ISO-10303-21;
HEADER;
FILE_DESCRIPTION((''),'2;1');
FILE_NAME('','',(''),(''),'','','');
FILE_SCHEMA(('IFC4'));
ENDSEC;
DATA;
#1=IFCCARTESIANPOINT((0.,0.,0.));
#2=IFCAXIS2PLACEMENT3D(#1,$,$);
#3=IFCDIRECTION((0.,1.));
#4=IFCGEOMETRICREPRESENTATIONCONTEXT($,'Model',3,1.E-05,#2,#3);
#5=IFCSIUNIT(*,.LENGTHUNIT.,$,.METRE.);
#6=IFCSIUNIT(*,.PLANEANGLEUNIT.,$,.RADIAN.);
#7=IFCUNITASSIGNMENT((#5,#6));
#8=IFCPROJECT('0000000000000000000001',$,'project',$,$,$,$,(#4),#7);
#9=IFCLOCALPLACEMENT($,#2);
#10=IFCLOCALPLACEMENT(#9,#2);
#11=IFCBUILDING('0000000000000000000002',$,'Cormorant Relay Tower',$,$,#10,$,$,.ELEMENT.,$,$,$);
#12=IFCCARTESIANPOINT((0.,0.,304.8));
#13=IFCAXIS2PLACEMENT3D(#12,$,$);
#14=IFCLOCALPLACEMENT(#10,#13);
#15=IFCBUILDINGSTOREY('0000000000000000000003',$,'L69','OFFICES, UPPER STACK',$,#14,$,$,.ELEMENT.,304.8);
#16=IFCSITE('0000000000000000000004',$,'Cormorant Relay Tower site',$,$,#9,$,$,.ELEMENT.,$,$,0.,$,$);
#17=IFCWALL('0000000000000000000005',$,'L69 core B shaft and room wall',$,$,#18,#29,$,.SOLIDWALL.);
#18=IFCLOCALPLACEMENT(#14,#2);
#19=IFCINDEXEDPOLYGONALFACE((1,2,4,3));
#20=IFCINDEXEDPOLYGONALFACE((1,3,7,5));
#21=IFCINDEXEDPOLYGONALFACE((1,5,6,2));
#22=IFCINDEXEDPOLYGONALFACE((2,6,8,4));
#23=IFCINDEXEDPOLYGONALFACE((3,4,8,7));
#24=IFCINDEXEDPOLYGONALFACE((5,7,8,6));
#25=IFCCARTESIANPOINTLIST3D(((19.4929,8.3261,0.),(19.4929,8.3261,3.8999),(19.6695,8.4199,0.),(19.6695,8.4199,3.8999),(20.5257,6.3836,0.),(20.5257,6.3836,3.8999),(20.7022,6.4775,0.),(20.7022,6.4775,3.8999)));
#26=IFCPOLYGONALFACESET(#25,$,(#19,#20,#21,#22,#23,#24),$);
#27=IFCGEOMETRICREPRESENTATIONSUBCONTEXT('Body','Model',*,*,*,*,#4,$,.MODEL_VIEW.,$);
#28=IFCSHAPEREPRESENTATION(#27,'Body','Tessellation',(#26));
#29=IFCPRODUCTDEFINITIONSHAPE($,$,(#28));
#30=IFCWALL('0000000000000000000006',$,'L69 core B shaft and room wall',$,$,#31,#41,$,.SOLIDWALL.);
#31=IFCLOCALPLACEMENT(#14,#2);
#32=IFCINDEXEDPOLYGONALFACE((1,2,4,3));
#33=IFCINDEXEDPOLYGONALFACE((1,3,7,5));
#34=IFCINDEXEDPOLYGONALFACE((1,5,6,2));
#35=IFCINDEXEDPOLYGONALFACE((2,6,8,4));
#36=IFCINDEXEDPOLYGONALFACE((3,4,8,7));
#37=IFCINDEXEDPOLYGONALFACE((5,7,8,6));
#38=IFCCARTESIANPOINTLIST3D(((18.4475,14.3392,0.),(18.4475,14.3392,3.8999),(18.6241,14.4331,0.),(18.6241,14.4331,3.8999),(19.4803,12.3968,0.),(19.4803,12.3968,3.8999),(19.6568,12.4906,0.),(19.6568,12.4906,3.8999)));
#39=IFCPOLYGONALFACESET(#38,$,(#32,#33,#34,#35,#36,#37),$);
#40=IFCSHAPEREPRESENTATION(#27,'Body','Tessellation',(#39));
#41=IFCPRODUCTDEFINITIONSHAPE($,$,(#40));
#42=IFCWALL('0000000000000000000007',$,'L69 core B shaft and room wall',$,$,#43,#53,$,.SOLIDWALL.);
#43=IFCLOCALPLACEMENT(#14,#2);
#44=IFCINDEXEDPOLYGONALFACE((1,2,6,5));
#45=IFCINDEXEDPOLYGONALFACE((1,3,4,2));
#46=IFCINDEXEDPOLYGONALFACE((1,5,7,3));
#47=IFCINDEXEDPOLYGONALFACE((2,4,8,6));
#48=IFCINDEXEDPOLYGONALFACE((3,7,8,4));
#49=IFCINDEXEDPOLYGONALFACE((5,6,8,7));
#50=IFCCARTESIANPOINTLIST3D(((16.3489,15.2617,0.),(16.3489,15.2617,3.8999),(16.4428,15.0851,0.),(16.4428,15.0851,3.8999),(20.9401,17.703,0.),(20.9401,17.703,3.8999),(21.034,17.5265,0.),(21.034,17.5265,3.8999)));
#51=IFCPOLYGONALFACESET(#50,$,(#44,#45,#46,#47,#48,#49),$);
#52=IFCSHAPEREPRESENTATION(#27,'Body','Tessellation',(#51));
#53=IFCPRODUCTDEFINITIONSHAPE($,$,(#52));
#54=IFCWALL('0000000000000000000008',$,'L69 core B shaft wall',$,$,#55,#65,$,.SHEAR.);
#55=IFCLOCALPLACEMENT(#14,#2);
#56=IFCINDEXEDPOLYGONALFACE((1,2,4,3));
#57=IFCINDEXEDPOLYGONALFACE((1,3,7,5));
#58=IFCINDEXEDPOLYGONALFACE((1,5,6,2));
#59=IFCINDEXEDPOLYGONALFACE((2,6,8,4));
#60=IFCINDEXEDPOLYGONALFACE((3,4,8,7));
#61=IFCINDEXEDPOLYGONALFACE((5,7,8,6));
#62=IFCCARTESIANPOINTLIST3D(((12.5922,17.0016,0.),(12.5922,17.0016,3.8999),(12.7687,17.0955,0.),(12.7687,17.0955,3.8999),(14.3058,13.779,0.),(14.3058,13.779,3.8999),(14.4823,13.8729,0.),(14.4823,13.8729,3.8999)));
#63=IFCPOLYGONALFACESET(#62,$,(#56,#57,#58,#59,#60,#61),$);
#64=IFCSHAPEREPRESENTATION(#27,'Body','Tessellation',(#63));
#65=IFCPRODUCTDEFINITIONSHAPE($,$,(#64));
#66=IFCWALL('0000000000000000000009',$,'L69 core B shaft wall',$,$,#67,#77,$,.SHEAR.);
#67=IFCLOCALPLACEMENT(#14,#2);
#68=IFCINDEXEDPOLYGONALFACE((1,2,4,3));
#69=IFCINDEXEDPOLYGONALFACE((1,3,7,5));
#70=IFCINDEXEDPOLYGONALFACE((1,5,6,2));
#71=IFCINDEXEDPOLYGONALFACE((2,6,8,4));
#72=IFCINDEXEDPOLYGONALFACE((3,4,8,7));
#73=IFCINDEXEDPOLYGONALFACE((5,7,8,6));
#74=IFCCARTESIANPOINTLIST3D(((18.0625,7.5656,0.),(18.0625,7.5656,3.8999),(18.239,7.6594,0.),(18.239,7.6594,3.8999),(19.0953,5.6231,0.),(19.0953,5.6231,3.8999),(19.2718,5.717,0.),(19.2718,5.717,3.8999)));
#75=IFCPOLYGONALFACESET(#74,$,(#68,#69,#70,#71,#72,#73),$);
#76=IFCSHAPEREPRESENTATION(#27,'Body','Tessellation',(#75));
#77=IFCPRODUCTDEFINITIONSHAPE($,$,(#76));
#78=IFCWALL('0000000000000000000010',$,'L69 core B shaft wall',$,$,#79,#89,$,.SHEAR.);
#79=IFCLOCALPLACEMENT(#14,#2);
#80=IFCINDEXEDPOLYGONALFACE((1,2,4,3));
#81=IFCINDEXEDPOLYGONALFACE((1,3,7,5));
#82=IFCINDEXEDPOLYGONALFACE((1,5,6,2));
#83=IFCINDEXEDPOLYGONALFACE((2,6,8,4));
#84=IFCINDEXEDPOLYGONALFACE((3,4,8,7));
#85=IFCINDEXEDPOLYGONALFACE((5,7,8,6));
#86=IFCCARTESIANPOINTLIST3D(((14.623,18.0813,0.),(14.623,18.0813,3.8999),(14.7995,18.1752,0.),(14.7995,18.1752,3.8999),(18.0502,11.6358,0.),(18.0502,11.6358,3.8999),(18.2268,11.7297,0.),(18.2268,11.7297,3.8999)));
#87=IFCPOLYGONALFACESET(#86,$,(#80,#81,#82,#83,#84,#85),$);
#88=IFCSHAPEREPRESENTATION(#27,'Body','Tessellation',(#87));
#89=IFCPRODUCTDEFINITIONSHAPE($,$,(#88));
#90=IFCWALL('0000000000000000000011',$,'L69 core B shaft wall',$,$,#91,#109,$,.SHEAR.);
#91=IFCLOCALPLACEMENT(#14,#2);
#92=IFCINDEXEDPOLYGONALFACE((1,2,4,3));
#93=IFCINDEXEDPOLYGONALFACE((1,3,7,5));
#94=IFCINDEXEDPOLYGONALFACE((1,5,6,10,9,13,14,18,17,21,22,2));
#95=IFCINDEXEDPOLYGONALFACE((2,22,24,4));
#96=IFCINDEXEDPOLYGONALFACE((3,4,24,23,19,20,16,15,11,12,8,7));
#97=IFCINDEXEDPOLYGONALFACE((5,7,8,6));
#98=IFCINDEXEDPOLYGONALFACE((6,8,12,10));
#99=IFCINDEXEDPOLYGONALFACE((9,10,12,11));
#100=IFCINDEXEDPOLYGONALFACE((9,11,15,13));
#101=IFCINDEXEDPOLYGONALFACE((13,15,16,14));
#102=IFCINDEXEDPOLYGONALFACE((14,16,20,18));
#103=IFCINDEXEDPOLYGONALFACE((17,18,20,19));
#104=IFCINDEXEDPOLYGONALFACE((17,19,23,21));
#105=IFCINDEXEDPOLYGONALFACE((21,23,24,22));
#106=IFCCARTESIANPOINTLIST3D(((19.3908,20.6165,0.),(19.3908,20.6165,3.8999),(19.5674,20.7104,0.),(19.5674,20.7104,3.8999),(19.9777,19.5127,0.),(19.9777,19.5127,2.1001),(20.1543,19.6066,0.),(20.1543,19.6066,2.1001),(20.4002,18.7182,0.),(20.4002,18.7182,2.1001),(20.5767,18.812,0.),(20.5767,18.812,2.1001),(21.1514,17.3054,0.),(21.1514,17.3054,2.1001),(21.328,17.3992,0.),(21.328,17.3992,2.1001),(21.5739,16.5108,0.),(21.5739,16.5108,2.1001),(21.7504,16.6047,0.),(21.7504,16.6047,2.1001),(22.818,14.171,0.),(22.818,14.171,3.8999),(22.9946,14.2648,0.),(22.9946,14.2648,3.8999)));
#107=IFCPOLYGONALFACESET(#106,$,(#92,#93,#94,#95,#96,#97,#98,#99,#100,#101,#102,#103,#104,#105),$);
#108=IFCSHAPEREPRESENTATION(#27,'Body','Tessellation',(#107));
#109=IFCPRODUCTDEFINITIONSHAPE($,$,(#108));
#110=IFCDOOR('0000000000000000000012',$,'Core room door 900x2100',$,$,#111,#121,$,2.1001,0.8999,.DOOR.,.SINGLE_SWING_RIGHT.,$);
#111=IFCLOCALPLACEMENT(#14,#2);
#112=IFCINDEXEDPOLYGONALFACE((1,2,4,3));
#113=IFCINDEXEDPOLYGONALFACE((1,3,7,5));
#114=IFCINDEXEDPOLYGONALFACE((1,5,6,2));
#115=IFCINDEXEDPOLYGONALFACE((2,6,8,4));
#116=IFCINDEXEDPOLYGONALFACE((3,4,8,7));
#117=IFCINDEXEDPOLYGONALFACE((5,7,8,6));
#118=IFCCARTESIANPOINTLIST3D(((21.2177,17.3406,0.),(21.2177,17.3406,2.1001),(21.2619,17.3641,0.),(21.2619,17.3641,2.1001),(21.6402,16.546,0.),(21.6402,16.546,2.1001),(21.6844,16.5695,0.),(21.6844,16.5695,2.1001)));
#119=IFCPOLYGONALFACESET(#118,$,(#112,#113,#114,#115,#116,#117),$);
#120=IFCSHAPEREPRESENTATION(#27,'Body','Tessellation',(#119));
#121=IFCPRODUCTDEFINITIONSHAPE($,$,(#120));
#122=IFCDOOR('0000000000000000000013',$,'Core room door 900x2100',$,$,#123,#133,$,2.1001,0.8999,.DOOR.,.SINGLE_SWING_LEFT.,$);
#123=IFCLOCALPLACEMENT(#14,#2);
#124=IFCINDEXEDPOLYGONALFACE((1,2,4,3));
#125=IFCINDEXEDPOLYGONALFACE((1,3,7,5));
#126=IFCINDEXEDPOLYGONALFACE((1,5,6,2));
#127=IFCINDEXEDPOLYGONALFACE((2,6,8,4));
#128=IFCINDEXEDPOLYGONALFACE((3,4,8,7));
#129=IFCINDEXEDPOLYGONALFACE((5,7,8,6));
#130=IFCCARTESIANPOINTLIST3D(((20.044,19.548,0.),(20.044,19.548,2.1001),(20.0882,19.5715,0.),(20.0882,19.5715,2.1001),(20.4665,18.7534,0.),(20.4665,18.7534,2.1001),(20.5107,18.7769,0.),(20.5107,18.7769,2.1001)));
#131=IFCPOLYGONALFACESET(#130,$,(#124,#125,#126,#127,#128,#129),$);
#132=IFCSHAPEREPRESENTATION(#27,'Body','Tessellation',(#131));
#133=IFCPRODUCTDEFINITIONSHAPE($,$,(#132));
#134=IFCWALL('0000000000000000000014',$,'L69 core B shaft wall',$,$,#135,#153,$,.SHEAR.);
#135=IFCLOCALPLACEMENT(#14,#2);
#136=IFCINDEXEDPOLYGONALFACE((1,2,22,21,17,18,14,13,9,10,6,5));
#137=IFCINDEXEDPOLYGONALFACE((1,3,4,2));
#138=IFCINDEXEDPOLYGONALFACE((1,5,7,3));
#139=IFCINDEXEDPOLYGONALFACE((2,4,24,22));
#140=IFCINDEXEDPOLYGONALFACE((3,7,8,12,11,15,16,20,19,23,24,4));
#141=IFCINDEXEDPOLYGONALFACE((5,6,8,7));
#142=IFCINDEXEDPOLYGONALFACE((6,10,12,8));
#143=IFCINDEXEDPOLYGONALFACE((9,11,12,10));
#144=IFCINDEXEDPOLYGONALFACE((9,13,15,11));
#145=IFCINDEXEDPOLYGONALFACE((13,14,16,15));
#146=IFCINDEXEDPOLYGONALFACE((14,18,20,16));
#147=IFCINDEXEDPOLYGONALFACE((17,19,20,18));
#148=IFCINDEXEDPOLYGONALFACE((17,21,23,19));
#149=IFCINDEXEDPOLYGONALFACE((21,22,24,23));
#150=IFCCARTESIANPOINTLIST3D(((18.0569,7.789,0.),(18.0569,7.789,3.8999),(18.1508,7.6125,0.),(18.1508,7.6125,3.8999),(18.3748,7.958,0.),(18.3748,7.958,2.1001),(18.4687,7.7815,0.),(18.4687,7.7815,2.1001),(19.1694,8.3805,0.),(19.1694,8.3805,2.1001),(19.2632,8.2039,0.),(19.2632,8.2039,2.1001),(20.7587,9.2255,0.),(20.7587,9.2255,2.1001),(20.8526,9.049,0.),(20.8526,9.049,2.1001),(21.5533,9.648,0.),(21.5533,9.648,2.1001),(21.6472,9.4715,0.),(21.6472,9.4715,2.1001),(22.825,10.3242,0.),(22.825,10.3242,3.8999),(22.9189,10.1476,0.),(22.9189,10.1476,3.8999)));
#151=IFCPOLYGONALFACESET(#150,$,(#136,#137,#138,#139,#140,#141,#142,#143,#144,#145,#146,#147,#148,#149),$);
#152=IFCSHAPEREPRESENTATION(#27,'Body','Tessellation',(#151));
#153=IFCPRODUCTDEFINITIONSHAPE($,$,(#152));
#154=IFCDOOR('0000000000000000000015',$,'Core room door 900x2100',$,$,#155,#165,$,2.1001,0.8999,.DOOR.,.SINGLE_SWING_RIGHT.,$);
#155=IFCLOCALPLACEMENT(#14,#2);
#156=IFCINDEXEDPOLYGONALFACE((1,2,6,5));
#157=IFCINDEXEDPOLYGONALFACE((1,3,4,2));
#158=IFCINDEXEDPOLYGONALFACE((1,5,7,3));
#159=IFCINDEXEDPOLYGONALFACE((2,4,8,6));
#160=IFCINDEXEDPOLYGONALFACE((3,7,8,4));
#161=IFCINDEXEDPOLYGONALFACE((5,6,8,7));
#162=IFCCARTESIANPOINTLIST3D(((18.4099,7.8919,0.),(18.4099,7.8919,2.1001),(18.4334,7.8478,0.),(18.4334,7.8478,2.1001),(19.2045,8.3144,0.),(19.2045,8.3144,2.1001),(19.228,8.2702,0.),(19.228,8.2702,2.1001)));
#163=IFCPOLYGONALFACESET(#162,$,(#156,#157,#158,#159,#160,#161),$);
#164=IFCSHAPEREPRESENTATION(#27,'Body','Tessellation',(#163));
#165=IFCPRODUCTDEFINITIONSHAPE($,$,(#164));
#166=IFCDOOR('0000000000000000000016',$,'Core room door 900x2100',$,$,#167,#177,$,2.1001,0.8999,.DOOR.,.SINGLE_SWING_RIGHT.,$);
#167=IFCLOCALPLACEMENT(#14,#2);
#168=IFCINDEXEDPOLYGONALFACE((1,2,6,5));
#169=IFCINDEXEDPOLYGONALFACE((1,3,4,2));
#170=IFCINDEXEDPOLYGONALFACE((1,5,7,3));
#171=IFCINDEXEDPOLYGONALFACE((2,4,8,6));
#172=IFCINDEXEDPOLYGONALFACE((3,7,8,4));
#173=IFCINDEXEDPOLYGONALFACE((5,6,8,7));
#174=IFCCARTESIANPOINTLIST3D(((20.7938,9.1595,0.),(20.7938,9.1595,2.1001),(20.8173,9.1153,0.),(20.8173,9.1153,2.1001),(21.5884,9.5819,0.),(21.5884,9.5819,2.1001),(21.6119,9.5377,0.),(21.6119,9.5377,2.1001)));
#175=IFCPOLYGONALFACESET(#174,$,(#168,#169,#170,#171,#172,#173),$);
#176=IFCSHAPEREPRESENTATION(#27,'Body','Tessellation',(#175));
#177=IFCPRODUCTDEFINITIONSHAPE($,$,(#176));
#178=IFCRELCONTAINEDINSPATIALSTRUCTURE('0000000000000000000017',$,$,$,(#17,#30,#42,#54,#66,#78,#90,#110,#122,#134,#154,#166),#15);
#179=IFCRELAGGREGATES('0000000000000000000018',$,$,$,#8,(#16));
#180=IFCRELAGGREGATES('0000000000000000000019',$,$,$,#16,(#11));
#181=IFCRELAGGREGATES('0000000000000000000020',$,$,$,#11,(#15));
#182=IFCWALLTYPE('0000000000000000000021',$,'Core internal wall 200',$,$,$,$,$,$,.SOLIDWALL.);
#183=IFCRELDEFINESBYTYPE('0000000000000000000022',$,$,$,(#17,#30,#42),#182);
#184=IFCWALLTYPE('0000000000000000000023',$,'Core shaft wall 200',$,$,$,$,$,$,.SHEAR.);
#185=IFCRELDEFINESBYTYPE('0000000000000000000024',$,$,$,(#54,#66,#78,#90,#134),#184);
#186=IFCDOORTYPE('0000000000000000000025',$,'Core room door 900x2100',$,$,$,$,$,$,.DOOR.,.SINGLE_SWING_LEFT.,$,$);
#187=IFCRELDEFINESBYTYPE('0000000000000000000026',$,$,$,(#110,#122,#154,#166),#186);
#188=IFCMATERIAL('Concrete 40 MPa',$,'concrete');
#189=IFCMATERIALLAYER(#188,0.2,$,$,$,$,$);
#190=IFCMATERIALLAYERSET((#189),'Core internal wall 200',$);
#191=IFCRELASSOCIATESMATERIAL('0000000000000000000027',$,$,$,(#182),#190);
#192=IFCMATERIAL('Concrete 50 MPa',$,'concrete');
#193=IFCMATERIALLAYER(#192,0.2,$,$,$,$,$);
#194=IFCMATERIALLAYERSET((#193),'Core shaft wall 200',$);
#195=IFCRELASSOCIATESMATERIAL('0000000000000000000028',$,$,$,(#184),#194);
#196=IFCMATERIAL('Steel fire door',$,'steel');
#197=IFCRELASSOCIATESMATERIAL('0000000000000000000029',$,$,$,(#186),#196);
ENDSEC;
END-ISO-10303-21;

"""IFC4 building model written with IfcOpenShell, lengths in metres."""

from ifc_helpers import new_model, si_unit, direction, frame, frame_2d, origin, place, context, subcontext, project, spatial, rectangle, extrude, material, layer, layer_set, type_object, element, fill, save


model = new_model("IFC4")

# Units and contexts
model_context = context("Model", 3, precision=1e-05, world=origin(), true_north=direction((0.0, 1.0)))
body_context = subcontext(model_context, "Body", "Model", "MODEL_VIEW")
ifc_project = project(units=[si_unit("LENGTHUNIT", "METRE"), si_unit("PLANEANGLEUNIT", "RADIAN")], contexts=[model_context])

# Site, building, storey
site_placement = place(None, origin())
site = spatial("IfcSite", under=ifc_project, at=site_placement, Name="Cormorant Relay Tower site", CompositionType="ELEMENT", RefElevation=0.0)
building_placement = place(site_placement, origin())
building = spatial("IfcBuilding", under=site, at=building_placement, Name="Cormorant Relay Tower", CompositionType="ELEMENT")
storey_placement = place(building_placement, frame((0.0, 0.0, 304.8)))
storey = spatial("IfcBuildingStorey", under=building, at=storey_placement, Name="L69", Description="OFFICES, UPPER STACK", CompositionType="ELEMENT", Elevation=304.8)

# Walls
ifc_material_1 = material(Name="Concrete 40 MPa", Category="concrete")
ifc_layer_1 = layer(ifc_material_1, 0.2)
ifc_layer_set_1 = layer_set([ifc_layer_1], Name="Core internal wall 200")
wall_type_1 = type_object("IfcWallType", Name="Core internal wall 200", PredefinedType="SOLIDWALL", material=ifc_layer_set_1)
for number, where, z_axis, x_axis, name in (
    (1, (20.614, 6.4304, 0.0), (0.0, 0.0, 1.0), (-0.469447, 0.88296, 0.0), "L69 core B shaft and room wall"),
    (2, (19.5686, 12.4436, 0.0), (0.0, 0.0, 1.0), (-0.469447, 0.88296, 0.0), "L69 core B shaft and room wall"),
):
    element("IfcWall", number, at=place(storey_placement, frame(where, z_axis=z_axis, x_axis=x_axis)), inside=storey, type_object=wall_type_1, Name=name, PredefinedType="SOLIDWALL", context=body_context, shape_type="SweptSolid", body=[
        extrude(rectangle(XDim=2.2, YDim=0.2, at=frame_2d((1.1001, 0.0))), origin(), (0.0, 0.0, 1.0), 3.8999),
    ])
wall_1_placement = place(storey_placement, frame((16.3958, 15.1733, 0.0), z_axis=(0.0, 0.0, 1.0), x_axis=(0.882935, 0.469496, 0.0)))
element("IfcWall", 3, at=wall_1_placement, inside=storey, type_object=wall_type_1, Name="L69 core B shaft and room wall", PredefinedType="SOLIDWALL", context=body_context, shape_type="SweptSolid", body=[
    extrude(rectangle(XDim=5.2, YDim=0.2, at=frame_2d((2.6001, 0.0))), origin(), (0.0, 0.0, 1.0), 3.8999),
])
ifc_material_2 = material(Name="Concrete 50 MPa", Category="concrete")
ifc_layer_2 = layer(ifc_material_2, 0.2)
ifc_layer_set_2 = layer_set([ifc_layer_2], Name="Core shaft wall 200")
wall_type_2 = type_object("IfcWallType", Name="Core shaft wall 200", PredefinedType="SHEAR", material=ifc_layer_set_2)
wall_2_placement = place(storey_placement, frame((14.394, 13.8259, 0.0), z_axis=(0.0, 0.0, 1.0), x_axis=(-0.469494, 0.882936, 0.0)))
element("IfcWall", 4, at=wall_2_placement, inside=storey, type_object=wall_type_2, Name="L69 core B shaft wall", PredefinedType="SHEAR", context=body_context, shape_type="SweptSolid", body=[
    extrude(rectangle(XDim=3.6499, YDim=0.2, at=frame_2d((1.825, 0.0))), origin(), (0.0, 0.0, 1.0), 3.8999),
])
wall_3_placement = place(storey_placement, frame((19.1836, 5.6699, 0.0), z_axis=(0.0, 0.0, 1.0), x_axis=(-0.469447, 0.88296, 0.0)))
element("IfcWall", 5, at=wall_3_placement, inside=storey, type_object=wall_type_2, Name="L69 core B shaft wall", PredefinedType="SHEAR", context=body_context, shape_type="SweptSolid", body=[
    extrude(rectangle(XDim=2.2, YDim=0.2, at=frame_2d((1.1001, 0.0))), origin(), (0.0, 0.0, 1.0), 3.8999),
])
wall_4_placement = place(storey_placement, frame((18.1384, 11.6829, 0.0), z_axis=(0.0, 0.0, 1.0), x_axis=(-0.46948, 0.882943, 0.0)))
element("IfcWall", 6, at=wall_4_placement, inside=storey, type_object=wall_type_2, Name="L69 core B shaft wall", PredefinedType="SHEAR", context=body_context, shape_type="SweptSolid", body=[
    extrude(rectangle(XDim=7.3, YDim=0.2, at=frame_2d((3.6499, 0.0))), origin(), (0.0, 0.0, 1.0), 3.8999),
])

# Walls, openings, doors
wall_5_placement = place(storey_placement, frame((22.9062, 14.218, 0.0), z_axis=(0.0, 0.0, 1.0), x_axis=(-0.46948, 0.882943, 0.0)))
wall_5 = element("IfcWall", 7, at=wall_5_placement, inside=storey, type_object=wall_type_2, Name="L69 core B shaft wall", PredefinedType="SHEAR", context=body_context, shape_type="SweptSolid", body=[
    extrude(rectangle(XDim=7.3, YDim=0.2, at=frame_2d((3.6499, 0.0))), origin(), (0.0, 0.0, 1.0), 3.8999),
])
opening_1_placement = place(wall_5_placement, frame((2.6499, 0.0, 0.0)))
opening_1 = element("IfcOpeningElement", 8, at=opening_1_placement, cuts=wall_5, PredefinedType="OPENING", context=body_context, shape_type="SweptSolid", body=[
    extrude(rectangle(XDim=0.8999, YDim=2.1001, at=frame_2d((0.45, 1.05))), frame((0.0, 0.1099, 0.0), z_axis=(0.0, -1.0, 0.0), x_axis=(1.0, 0.0, 0.0)), (0.0, 0.0, 1.0), 0.22),
])
opening_2_placement = place(wall_5_placement, frame((5.1499, 0.0, 0.0)))
opening_2 = element("IfcOpeningElement", 9, at=opening_2_placement, cuts=wall_5, PredefinedType="OPENING", context=body_context, shape_type="SweptSolid", body=[
    extrude(rectangle(XDim=0.8999, YDim=2.1001, at=frame_2d((0.45, 1.05))), frame((0.0, 0.1099, 0.0), z_axis=(0.0, -1.0, 0.0), x_axis=(1.0, 0.0, 0.0)), (0.0, 0.0, 1.0), 0.22),
])
ifc_material_3 = material(Name="Steel fire door", Category="steel")
door_type_1 = type_object("IfcDoorType", Name="Core room door 900x2100", OperationType="SINGLE_SWING_LEFT", PredefinedType="DOOR", material=ifc_material_3)
door_1_placement = place(opening_1_placement, origin())
door_1 = element("IfcDoor", 10, at=door_1_placement, inside=storey, type_object=door_type_1, Name="Core room door 900x2100", OperationType="SINGLE_SWING_RIGHT", OverallHeight=2.1001, OverallWidth=0.8999, PredefinedType="DOOR", context=body_context, shape_type="SweptSolid", body=[
    extrude(rectangle(XDim=0.8999, YDim=2.1001, at=frame_2d((0.45, 1.05))), frame((0.0, 0.0249, 0.0), z_axis=(0.0, -1.0, 0.0), x_axis=(1.0, 0.0, 0.0)), (0.0, 0.0, 1.0), 0.05),
])
fill(opening_1, door_1)
door_2_placement = place(opening_2_placement, origin())
door_2 = element("IfcDoor", 11, at=door_2_placement, inside=storey, type_object=door_type_1, Name="Core room door 900x2100", OperationType="SINGLE_SWING_LEFT", OverallHeight=2.1001, OverallWidth=0.8999, PredefinedType="DOOR", context=body_context, shape_type="SweptSolid", body=[
    extrude(rectangle(XDim=0.8999, YDim=2.1001, at=frame_2d((0.45, 1.05))), frame((0.0, 0.0249, 0.0), z_axis=(0.0, -1.0, 0.0), x_axis=(1.0, 0.0, 0.0)), (0.0, 0.0, 1.0), 0.05),
])
fill(opening_2, door_2)
wall_6_placement = place(storey_placement, frame((18.1038, 7.7007, 0.0), z_axis=(0.0, 0.0, 1.0), x_axis=(0.882953, 0.469462, 0.0)))
wall_6 = element("IfcWall", 12, at=wall_6_placement, inside=storey, type_object=wall_type_2, Name="L69 core B shaft wall", PredefinedType="SHEAR", context=body_context, shape_type="SweptSolid", body=[
    extrude(rectangle(XDim=5.4001, YDim=0.2, at=frame_2d((2.7002, 0.0))), origin(), (0.0, 0.0, 1.0), 3.8999),
])
opening_3_placement = place(wall_6_placement, frame((0.3601, 0.0, 0.0)))
opening_3 = element("IfcOpeningElement", 13, at=opening_3_placement, cuts=wall_6, PredefinedType="OPENING", context=body_context, shape_type="SweptSolid", body=[
    extrude(rectangle(XDim=0.8999, YDim=2.1001, at=frame_2d((0.45, 1.05))), frame((0.0, 0.1099, 0.0), z_axis=(0.0, -1.0, 0.0), x_axis=(1.0, 0.0, 0.0)), (0.0, 0.0, 1.0), 0.22),
])
opening_4_placement = place(wall_6_placement, frame((3.0601, 0.0, 0.0)))
opening_4 = element("IfcOpeningElement", 14, at=opening_4_placement, cuts=wall_6, PredefinedType="OPENING", context=body_context, shape_type="SweptSolid", body=[
    extrude(rectangle(XDim=0.8999, YDim=2.1001, at=frame_2d((0.45, 1.05))), frame((0.0, 0.1099, 0.0), z_axis=(0.0, -1.0, 0.0), x_axis=(1.0, 0.0, 0.0)), (0.0, 0.0, 1.0), 0.22),
])
door_3_placement = place(opening_3_placement, frame((0.8999, 0.0, 0.0), z_axis=(0.0, 0.0, 1.0), x_axis=(-1.0, 0.0, 0.0)))
door_3 = element("IfcDoor", 15, at=door_3_placement, inside=storey, type_object=door_type_1, Name="Core room door 900x2100", OperationType="SINGLE_SWING_RIGHT", OverallHeight=2.1001, OverallWidth=0.8999, PredefinedType="DOOR", context=body_context, shape_type="SweptSolid", body=[
    extrude(rectangle(XDim=0.8999, YDim=2.1001, at=frame_2d((0.45, 1.05))), frame((0.0, 0.0249, 0.0), z_axis=(0.0, -1.0, 0.0), x_axis=(1.0, 0.0, 0.0)), (0.0, 0.0, 1.0), 0.05),
])
fill(opening_3, door_3)
door_4_placement = place(opening_4_placement, frame((0.8999, 0.0, 0.0), z_axis=(0.0, 0.0, 1.0), x_axis=(-1.0, 0.0, 0.0)))
door_4 = element("IfcDoor", 16, at=door_4_placement, inside=storey, type_object=door_type_1, Name="Core room door 900x2100", OperationType="SINGLE_SWING_RIGHT", OverallHeight=2.1001, OverallWidth=0.8999, PredefinedType="DOOR", context=body_context, shape_type="SweptSolid", body=[
    extrude(rectangle(XDim=0.8999, YDim=2.1001, at=frame_2d((0.45, 1.05))), frame((0.0, 0.0249, 0.0), z_axis=(0.0, -1.0, 0.0), x_axis=(1.0, 0.0, 0.0)), (0.0, 0.0, 1.0), 0.05),
])
fill(opening_4, door_4)

save(model, "model.ifc")
